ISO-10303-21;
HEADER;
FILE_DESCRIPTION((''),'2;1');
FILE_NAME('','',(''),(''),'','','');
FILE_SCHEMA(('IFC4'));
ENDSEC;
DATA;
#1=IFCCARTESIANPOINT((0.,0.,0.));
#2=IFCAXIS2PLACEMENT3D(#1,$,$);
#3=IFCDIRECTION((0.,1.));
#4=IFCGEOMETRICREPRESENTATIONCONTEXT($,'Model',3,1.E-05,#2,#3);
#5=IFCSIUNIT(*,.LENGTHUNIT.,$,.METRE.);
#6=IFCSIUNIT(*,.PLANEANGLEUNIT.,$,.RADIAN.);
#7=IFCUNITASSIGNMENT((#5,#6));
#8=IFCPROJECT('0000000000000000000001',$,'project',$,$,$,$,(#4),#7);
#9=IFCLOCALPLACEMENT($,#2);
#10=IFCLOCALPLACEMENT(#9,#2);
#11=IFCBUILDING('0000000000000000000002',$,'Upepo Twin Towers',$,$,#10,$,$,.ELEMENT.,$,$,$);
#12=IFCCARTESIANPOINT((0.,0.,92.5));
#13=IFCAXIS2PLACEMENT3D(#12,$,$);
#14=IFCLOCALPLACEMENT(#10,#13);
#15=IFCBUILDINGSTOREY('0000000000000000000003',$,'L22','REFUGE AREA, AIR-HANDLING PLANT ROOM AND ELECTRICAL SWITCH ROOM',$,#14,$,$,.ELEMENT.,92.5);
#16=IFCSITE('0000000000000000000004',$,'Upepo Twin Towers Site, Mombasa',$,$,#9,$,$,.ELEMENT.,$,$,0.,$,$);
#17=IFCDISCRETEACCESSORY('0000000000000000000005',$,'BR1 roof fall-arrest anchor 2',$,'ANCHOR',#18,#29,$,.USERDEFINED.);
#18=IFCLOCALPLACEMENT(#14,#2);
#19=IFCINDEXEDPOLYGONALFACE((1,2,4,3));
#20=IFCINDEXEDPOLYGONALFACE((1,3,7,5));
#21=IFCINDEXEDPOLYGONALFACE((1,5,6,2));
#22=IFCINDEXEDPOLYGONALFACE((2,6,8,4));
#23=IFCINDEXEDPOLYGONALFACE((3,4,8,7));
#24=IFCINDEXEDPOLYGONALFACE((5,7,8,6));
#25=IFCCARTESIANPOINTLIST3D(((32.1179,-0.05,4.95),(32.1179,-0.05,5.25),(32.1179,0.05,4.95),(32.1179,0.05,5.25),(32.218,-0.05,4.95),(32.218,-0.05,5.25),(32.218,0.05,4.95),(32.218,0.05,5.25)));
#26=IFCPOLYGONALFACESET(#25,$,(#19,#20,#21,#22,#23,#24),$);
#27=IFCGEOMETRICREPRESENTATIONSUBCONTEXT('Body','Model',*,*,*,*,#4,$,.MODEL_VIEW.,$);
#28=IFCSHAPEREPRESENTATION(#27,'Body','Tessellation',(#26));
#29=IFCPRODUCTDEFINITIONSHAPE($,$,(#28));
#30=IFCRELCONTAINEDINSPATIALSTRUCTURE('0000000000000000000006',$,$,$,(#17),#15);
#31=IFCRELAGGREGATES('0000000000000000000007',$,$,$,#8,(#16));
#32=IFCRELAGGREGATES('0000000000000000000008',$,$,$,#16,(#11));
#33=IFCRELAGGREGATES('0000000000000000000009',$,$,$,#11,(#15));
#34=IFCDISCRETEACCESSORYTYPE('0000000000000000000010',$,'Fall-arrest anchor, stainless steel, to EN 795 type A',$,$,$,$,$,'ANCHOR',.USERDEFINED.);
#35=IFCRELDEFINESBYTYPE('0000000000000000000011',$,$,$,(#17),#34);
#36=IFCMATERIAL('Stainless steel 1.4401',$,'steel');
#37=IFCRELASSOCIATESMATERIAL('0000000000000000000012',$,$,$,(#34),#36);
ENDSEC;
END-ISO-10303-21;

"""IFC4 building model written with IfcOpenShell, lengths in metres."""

from ifc_helpers import new_model, si_unit, direction, frame, origin, origin_2d, place, context, subcontext, project, spatial, rectangle, extrude, material, material_profile, profile_set, type_object, element, save


model = new_model("IFC4")

# Units and contexts
model_context = context("Model", 3, precision=1e-05, world=origin(), true_north=direction((0.0, 1.0)))
body_context = subcontext(model_context, "Body", "Model", "MODEL_VIEW")
ifc_project = project(units=[si_unit("LENGTHUNIT", "METRE"), si_unit("PLANEANGLEUNIT", "RADIAN")], contexts=[model_context])

# Site, building, storey
site_placement = place(None, origin())
site = spatial("IfcSite", under=ifc_project, at=site_placement, Name="Upepo Twin Towers Site, Mombasa", CompositionType="ELEMENT", RefElevation=0.0)
building_placement = place(site_placement, origin())
building = spatial("IfcBuilding", under=site, at=building_placement, Name="Upepo Twin Towers", CompositionType="ELEMENT")
storey_placement = place(building_placement, frame((0.0, 0.0, 92.5)))
storey = spatial("IfcBuildingStorey", under=building, at=storey_placement, Name="L22", Description="REFUGE AREA, AIR-HANDLING PLANT ROOM AND ELECTRICAL SWITCH ROOM", CompositionType="ELEMENT", Elevation=92.5)

# Discrete accessory
ifc_material_1 = material(Name="Stainless steel 1.4401", Category="steel")
ifc_material_profile_1 = material_profile(ifc_material_1, rectangle(XDim=0.1001, YDim=0.1001, at=origin_2d()), Name="ANCHOR POST 100x100")
ifc_profile_set_1 = profile_set([ifc_material_profile_1], Name="Stainless steel 1.4401")
discrete_accessory_type = type_object("IfcDiscreteAccessoryType", Name="Fall-arrest anchor, stainless steel, to EN 795 type A", ElementType="ANCHOR", PredefinedType="USERDEFINED", material=ifc_profile_set_1)
for number, where, z_axis, x_axis, name in (
    (1, (32.168, 0.0, 4.95), (0.0, 0.0, 1.0), (1.0, 0.0, 0.0), "BR1 roof fall-arrest anchor 2"),
):
    element("IfcDiscreteAccessory", number, at=place(storey_placement, frame(where, z_axis=z_axis, x_axis=x_axis)), inside=storey, type_object=discrete_accessory_type, Name=name, ObjectType="ANCHOR", PredefinedType="USERDEFINED", context=body_context, shape_type="SweptSolid", body=[
        extrude(rectangle(XDim=0.1001, YDim=0.1001, at=origin_2d()), origin(), (0.0, 0.0, 1.0), 0.3),
    ])

save(model, "model.ifc")
